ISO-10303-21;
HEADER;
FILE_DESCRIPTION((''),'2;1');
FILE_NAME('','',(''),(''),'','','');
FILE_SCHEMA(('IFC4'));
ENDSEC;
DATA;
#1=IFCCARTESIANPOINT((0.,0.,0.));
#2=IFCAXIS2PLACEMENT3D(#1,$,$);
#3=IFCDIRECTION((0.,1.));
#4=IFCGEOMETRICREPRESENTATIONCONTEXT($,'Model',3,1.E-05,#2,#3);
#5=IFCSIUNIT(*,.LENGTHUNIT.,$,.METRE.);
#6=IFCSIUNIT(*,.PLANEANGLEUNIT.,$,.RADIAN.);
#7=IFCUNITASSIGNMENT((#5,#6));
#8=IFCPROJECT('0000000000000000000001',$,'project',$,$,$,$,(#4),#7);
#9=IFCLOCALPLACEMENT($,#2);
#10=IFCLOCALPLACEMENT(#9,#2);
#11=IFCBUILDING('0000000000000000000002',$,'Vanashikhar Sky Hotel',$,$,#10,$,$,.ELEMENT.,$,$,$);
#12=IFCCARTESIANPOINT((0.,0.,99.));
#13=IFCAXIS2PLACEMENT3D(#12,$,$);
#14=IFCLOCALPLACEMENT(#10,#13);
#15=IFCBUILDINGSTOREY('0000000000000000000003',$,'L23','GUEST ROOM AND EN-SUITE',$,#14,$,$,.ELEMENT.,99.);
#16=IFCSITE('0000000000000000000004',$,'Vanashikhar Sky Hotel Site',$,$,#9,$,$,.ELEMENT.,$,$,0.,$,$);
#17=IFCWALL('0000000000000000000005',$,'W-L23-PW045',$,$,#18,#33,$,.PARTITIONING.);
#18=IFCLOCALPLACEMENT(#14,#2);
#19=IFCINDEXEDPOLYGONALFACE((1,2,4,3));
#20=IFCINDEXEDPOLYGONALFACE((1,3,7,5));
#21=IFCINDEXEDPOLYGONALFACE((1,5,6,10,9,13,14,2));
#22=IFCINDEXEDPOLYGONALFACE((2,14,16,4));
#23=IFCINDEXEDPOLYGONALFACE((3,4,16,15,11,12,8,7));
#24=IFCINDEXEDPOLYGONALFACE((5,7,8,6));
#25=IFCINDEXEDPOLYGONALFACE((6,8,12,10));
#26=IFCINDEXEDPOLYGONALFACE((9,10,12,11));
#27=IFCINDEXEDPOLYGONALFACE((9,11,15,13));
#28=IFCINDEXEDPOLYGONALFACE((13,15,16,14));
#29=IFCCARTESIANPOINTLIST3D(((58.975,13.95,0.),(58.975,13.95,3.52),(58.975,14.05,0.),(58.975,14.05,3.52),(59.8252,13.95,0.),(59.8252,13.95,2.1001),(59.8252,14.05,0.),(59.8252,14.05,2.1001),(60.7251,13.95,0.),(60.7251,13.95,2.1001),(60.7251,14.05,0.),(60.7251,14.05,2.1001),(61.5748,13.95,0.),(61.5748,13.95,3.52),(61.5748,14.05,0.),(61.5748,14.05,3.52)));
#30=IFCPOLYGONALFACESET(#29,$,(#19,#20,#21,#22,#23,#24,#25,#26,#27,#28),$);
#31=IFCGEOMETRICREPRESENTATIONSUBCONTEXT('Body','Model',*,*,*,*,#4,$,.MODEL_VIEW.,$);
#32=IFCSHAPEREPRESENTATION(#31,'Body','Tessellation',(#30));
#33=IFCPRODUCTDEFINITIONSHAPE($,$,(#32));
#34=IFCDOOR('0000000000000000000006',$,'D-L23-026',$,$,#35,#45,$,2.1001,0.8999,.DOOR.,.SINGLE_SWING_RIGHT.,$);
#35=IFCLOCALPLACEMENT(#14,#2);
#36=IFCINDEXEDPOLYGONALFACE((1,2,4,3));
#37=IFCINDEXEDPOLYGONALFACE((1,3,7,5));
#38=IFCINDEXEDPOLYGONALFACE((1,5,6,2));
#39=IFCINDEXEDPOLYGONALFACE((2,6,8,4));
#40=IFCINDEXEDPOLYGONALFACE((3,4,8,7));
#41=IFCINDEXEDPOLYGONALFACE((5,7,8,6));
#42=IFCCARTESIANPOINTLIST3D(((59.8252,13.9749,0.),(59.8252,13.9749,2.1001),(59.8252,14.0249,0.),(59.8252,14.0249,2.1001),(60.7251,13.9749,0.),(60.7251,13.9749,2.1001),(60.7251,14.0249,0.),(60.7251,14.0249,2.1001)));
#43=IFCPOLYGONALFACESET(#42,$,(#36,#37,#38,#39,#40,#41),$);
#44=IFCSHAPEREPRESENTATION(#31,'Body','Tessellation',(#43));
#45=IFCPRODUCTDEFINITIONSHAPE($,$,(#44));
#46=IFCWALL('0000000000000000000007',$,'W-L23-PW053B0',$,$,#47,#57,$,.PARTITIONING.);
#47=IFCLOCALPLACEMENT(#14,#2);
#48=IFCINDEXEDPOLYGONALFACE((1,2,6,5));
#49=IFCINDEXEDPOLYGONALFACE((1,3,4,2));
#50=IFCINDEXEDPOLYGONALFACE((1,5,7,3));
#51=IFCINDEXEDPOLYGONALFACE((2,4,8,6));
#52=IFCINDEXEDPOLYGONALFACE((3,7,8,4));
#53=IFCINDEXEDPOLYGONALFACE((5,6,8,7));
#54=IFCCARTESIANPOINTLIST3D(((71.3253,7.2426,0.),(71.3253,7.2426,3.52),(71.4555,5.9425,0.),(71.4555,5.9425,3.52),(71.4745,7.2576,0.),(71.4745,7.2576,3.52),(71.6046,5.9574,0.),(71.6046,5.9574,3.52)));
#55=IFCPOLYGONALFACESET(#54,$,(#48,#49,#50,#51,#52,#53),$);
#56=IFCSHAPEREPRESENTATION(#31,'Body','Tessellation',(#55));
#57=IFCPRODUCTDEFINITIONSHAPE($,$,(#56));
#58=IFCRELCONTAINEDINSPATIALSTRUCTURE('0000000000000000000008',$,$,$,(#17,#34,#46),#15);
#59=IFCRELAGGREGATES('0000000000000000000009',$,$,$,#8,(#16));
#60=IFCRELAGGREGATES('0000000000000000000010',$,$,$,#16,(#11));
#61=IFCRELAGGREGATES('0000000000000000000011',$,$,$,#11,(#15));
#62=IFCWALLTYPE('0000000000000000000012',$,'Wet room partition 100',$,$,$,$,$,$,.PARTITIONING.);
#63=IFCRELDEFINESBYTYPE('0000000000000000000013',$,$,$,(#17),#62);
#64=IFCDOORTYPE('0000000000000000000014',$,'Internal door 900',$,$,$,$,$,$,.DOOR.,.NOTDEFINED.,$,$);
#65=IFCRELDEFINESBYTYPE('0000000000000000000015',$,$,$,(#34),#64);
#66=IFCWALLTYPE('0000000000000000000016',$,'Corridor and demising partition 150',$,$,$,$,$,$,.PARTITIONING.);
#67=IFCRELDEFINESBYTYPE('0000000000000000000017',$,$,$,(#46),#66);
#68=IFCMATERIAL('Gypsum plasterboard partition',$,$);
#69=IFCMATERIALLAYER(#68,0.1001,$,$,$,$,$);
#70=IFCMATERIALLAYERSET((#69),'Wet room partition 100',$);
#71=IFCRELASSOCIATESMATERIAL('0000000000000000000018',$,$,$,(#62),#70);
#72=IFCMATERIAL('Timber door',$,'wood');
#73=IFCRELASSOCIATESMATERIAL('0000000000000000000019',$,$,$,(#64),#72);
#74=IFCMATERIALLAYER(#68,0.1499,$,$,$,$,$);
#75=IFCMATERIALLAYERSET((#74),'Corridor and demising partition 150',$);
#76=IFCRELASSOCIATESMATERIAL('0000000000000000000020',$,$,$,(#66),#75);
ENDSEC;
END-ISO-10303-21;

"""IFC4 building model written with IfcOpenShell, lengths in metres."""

from ifc_helpers import new_model, si_unit, direction, frame, frame_2d, origin, place, context, subcontext, project, spatial, rectangle, extrude, source, transform, mapped, material, layer, layer_set, type_object, element, fill, save


model = new_model("IFC4")

# Units and contexts
model_context = context("Model", 3, precision=1e-05, world=origin(), true_north=direction((0.0, 1.0)))
body_context = subcontext(model_context, "Body", "Model", "MODEL_VIEW")
ifc_project = project(units=[si_unit("LENGTHUNIT", "METRE"), si_unit("PLANEANGLEUNIT", "RADIAN")], contexts=[model_context])

# Site, building, storey
site_placement = place(None, origin())
site = spatial("IfcSite", under=ifc_project, at=site_placement, Name="Vanashikhar Sky Hotel Site", CompositionType="ELEMENT", RefElevation=0.0)
building_placement = place(site_placement, origin())
building = spatial("IfcBuilding", under=site, at=building_placement, Name="Vanashikhar Sky Hotel", CompositionType="ELEMENT")
storey_placement = place(building_placement, frame((0.0, 0.0, 99.0)))
storey = spatial("IfcBuildingStorey", under=building, at=storey_placement, Name="L23", Description="GUEST ROOM AND EN-SUITE", CompositionType="ELEMENT", Elevation=99.0)

# Shared definitions
ifc_material_1 = material(Name="Gypsum plasterboard partition")
ifc_layer_1 = layer(ifc_material_1, 0.1001)
ifc_layer_set_1 = layer_set([ifc_layer_1], Name="Wet room partition 100")
wall_type_1 = type_object("IfcWallType", Name="Wet room partition 100", PredefinedType="PARTITIONING", material=ifc_layer_set_1)
shared_shape_1 = source(origin(), body_context, "Body", "SweptSolid", [
    extrude(rectangle(XDim=0.8999, YDim=2.1001, at=frame_2d((0.45, 1.05))), frame((0.0, 0.0601, 0.0), z_axis=(0.0, -1.0, 0.0), x_axis=(1.0, 0.0, 0.0)), (0.0, 0.0, 1.0), 0.1201),
])
ifc_material_2 = material(Name="Timber door", Category="wood")
door_type_1 = type_object("IfcDoorType", Name="Internal door 900", OperationType="NOTDEFINED", PredefinedType="DOOR", material=ifc_material_2)
shared_shape_2 = source(origin(), body_context, "Body", "SweptSolid", [
    extrude(rectangle(XDim=0.8999, YDim=2.1001, at=frame_2d((0.45, 1.05))), frame((0.0, 0.0249, 0.0), z_axis=(0.0, -1.0, 0.0), x_axis=(1.0, 0.0, 0.0)), (0.0, 0.0, 1.0), 0.05),
])

# Shared definitions
ifc_layer_2 = layer(ifc_material_1, 0.1499)
ifc_layer_set_2 = layer_set([ifc_layer_2], Name="Corridor and demising partition 150")
wall_type_2 = type_object("IfcWallType", Name="Corridor and demising partition 150", PredefinedType="PARTITIONING", material=ifc_layer_set_2)

# Wall, opening, door
shared_shape_3 = source(origin(), body_context, "Body", "SweptSolid", [
    extrude(rectangle(XDim=2.5999, YDim=0.1001, at=frame_2d((1.2998, 0.0))), origin(), (0.0, 0.0, 1.0), 3.52),
])
wall_1_placement = place(storey_placement, frame((58.9751, 14.0, 0.0), z_axis=(0.0, 0.0, 1.0), x_axis=(1.0, 0.0, 0.0)))
wall_1 = element("IfcWall", 1, at=wall_1_placement, inside=storey, type_object=wall_type_1, Name="W-L23-PW045", PredefinedType="PARTITIONING", context=body_context, shape_type="MappedRepresentation", body=[
    mapped(shared_shape_3, transform((0.0, 0.0, 0.0), scale=1.0)),
])
opening_1_placement = place(wall_1_placement, frame((0.8501, 0.0, 0.0)))
opening_1 = element("IfcOpeningElement", 2, at=opening_1_placement, cuts=wall_1, PredefinedType="OPENING", context=body_context, shape_type="MappedRepresentation", body=[
    mapped(shared_shape_1, transform((0.0, 0.0, 0.0), scale=1.0)),
])
door_1_placement = place(opening_1_placement, origin())
door_1 = element("IfcDoor", 3, at=door_1_placement, inside=storey, type_object=door_type_1, Name="D-L23-026", OperationType="SINGLE_SWING_RIGHT", OverallHeight=2.1001, OverallWidth=0.8999, PredefinedType="DOOR", context=body_context, shape_type="MappedRepresentation", body=[
    mapped(shared_shape_2, transform((0.0, 0.0, 0.0), scale=1.0)),
])
fill(opening_1, door_1)

# Wall
shared_shape_4 = source(origin(), body_context, "Body", "SweptSolid", [
    extrude(rectangle(XDim=1.3066, YDim=0.1499, at=frame_2d((0.6533, 0.0))), origin(), (0.0, 0.0, 1.0), 3.52),
])
wall_2_placement = place(storey_placement, frame((71.53, 5.95, 0.0), z_axis=(0.0, 0.0, 1.0), x_axis=(-0.099596, 0.995028, 0.0)))
element("IfcWall", 4, at=wall_2_placement, inside=storey, type_object=wall_type_2, Name="W-L23-PW053B0", PredefinedType="PARTITIONING", context=body_context, shape_type="MappedRepresentation", body=[
    mapped(shared_shape_4, transform((0.0, 0.0, 0.0), scale=1.0)),
])

save(model, "model.ifc")
